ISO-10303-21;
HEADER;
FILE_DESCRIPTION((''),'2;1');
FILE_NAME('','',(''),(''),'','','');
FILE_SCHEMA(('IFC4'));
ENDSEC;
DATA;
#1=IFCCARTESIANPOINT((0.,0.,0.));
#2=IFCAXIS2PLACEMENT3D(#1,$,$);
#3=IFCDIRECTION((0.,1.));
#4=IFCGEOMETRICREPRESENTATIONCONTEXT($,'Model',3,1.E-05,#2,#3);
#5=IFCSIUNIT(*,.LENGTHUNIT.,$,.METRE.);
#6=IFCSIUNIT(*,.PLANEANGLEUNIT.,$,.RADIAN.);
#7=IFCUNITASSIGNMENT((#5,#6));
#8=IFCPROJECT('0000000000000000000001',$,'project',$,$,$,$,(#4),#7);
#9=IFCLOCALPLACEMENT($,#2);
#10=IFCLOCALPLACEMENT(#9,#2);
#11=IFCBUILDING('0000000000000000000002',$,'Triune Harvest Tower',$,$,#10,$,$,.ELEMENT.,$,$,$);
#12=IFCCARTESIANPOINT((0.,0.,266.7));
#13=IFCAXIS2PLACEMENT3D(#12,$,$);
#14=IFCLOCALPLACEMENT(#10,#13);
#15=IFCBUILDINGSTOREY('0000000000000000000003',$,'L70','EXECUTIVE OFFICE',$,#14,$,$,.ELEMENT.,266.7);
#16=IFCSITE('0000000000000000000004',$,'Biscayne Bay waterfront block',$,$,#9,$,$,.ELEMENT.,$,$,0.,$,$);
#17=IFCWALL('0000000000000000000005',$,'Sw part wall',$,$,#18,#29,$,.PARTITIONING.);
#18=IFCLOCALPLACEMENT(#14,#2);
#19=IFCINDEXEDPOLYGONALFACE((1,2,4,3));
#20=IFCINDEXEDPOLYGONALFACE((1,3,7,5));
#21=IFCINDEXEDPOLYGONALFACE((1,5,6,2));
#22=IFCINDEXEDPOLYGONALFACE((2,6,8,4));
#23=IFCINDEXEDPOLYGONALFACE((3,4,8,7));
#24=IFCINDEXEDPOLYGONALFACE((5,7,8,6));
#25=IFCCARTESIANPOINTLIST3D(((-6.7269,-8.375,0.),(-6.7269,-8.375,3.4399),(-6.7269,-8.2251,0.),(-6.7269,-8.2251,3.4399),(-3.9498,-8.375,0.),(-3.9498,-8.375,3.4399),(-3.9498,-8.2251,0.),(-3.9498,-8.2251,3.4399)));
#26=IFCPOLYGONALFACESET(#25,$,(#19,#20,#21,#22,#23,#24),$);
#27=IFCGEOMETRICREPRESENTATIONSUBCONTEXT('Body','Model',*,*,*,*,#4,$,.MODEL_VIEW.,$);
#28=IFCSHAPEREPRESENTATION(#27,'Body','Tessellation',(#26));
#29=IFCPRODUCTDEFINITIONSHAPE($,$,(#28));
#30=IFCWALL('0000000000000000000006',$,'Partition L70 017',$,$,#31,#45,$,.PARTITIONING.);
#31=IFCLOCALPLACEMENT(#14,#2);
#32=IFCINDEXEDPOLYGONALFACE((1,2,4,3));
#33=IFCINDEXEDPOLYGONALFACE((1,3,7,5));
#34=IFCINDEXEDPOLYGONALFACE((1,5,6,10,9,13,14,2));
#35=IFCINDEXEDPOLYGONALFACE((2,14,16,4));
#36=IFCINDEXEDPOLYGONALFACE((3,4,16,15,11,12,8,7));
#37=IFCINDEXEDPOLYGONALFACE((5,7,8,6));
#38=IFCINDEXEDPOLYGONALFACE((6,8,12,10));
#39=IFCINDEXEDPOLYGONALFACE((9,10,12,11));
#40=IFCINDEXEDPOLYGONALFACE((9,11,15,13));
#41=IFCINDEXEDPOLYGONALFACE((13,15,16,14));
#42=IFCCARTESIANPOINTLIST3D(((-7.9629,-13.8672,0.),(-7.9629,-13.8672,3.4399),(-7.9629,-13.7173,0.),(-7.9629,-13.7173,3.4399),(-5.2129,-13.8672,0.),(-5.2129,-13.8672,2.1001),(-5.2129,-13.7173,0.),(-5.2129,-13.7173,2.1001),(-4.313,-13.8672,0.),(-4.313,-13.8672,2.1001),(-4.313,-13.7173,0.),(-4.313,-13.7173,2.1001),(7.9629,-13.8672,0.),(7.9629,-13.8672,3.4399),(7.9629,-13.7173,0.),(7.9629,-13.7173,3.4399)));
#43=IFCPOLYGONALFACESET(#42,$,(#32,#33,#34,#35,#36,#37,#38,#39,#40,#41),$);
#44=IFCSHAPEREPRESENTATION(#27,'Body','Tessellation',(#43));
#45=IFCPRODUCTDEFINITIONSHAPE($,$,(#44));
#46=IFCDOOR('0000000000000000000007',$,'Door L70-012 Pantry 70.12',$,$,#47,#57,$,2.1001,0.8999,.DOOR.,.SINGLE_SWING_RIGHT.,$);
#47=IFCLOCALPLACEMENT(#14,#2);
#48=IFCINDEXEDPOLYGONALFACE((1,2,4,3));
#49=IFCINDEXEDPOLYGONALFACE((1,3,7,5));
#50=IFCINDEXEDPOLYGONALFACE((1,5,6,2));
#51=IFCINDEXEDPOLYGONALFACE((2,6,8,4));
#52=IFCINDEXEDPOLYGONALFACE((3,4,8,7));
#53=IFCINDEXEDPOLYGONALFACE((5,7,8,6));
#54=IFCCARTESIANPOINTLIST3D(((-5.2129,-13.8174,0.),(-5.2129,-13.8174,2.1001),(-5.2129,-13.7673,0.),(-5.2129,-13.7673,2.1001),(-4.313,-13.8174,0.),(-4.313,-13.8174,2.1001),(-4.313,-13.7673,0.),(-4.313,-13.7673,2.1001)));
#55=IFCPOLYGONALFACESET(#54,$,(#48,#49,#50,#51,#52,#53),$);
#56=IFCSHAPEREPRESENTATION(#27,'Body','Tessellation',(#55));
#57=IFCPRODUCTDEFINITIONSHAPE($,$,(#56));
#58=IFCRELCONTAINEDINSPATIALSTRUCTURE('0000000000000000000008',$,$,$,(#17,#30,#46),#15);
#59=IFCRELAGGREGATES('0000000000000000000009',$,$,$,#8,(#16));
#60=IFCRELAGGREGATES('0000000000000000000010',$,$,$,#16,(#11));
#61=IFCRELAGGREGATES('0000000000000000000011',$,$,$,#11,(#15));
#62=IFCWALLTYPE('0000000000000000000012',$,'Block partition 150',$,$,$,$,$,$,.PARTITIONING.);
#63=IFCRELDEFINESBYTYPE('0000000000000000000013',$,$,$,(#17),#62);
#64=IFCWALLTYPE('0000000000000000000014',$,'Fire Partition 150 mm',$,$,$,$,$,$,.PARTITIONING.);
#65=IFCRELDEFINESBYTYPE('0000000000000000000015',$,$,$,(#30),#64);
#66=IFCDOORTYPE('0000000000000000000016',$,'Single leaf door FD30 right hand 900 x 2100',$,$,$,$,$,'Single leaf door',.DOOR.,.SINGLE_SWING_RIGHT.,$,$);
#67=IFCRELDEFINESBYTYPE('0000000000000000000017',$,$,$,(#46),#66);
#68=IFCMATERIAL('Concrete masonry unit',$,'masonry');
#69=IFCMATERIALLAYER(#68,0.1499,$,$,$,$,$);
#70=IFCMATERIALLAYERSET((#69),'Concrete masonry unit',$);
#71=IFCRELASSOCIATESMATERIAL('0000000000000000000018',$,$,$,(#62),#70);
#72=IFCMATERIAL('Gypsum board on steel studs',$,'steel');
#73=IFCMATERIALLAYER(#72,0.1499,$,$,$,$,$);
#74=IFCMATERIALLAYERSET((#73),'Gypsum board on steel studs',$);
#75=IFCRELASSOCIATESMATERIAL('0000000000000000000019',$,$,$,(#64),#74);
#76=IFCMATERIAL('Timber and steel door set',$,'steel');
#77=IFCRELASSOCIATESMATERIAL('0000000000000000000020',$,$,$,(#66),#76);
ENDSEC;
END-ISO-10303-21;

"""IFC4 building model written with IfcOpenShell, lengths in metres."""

from ifc_helpers import new_model, si_unit, direction, frame, frame_2d, origin, place, context, subcontext, project, spatial, rectangle, extrude, source, transform, mapped, material, layer, layer_set, type_object, element, fill, save


model = new_model("IFC4")

# Units and contexts
model_context = context("Model", 3, precision=1e-05, world=origin(), true_north=direction((0.0, 1.0)))
body_context = subcontext(model_context, "Body", "Model", "MODEL_VIEW")
ifc_project = project(units=[si_unit("LENGTHUNIT", "METRE"), si_unit("PLANEANGLEUNIT", "RADIAN")], contexts=[model_context])

# Site, building, storey
site_placement = place(None, origin())
site = spatial("IfcSite", under=ifc_project, at=site_placement, Name="Biscayne Bay waterfront block", CompositionType="ELEMENT", RefElevation=0.0)
building_placement = place(site_placement, origin())
building = spatial("IfcBuilding", under=site, at=building_placement, Name="Triune Harvest Tower", CompositionType="ELEMENT")
storey_placement = place(building_placement, frame((0.0, 0.0, 266.7)))
storey = spatial("IfcBuildingStorey", under=building, at=storey_placement, Name="L70", Description="EXECUTIVE OFFICE", CompositionType="ELEMENT", Elevation=266.7)

# Wall
ifc_material_1 = material(Name="Concrete masonry unit", Category="masonry")
ifc_layer_1 = layer(ifc_material_1, 0.1499)
ifc_layer_set_1 = layer_set([ifc_layer_1], Name="Concrete masonry unit")
wall_type_1 = type_object("IfcWallType", Name="Block partition 150", PredefinedType="PARTITIONING", material=ifc_layer_set_1)
shared_shape_1 = source(origin(), body_context, "Body", "SweptSolid", [
    extrude(rectangle(XDim=2.7771, YDim=0.1499, at=frame_2d((1.3887, 0.0))), origin(), (0.0, 0.0, 1.0), 3.4399),
])
wall_1_placement = place(storey_placement, frame((-6.7271, -8.3, 0.0), z_axis=(0.0, 0.0, 1.0), x_axis=(1.0, 0.0, 0.0)))
element("IfcWall", 1, at=wall_1_placement, inside=storey, type_object=wall_type_1, Name="Sw part wall", PredefinedType="PARTITIONING", context=body_context, shape_type="MappedRepresentation", body=[
    mapped(shared_shape_1, transform((0.0, 0.0, 0.0), scale=1.0)),
])

# Wall, opening, door
ifc_material_2 = material(Name="Gypsum board on steel studs", Category="steel")
ifc_layer_2 = layer(ifc_material_2, 0.1499)
ifc_layer_set_2 = layer_set([ifc_layer_2], Name="Gypsum board on steel studs")
wall_type_2 = type_object("IfcWallType", Name="Fire Partition 150 mm", PredefinedType="PARTITIONING", material=ifc_layer_set_2)
shared_shape_2 = source(origin(), body_context, "Body", "SweptSolid", [
    extrude(rectangle(XDim=15.9258, YDim=0.1499, at=frame_2d((7.9629, 0.0))), origin(), (0.0, 0.0, 1.0), 3.4399),
])
wall_2_placement = place(storey_placement, frame((-7.9629, -13.7922, 0.0), z_axis=(0.0, 0.0, 1.0), x_axis=(1.0, 0.0, 0.0)))
wall_2 = element("IfcWall", 2, at=wall_2_placement, inside=storey, type_object=wall_type_2, Name="Partition L70 017", PredefinedType="PARTITIONING", context=body_context, shape_type="MappedRepresentation", body=[
    mapped(shared_shape_2, transform((0.0, 0.0, 0.0), scale=1.0)),
])
opening_1_placement = place(wall_2_placement, frame((2.75, 0.0, 0.0)))
opening_1 = element("IfcOpeningElement", 3, at=opening_1_placement, cuts=wall_2, PredefinedType="OPENING", context=body_context, shape_type="SweptSolid", body=[
    extrude(rectangle(XDim=0.8999, YDim=2.1001, at=frame_2d((0.45, 1.05))), frame((0.0, 0.085, 0.0), z_axis=(0.0, -1.0, 0.0), x_axis=(1.0, 0.0, 0.0)), (0.0, 0.0, 1.0), 0.1699),
])
ifc_material_3 = material(Name="Timber and steel door set", Category="steel")
door_type_1 = type_object("IfcDoorType", Name="Single leaf door FD30 right hand 900 x 2100", ElementType="Single leaf door", OperationType="SINGLE_SWING_RIGHT", PredefinedType="DOOR", material=ifc_material_3)
door_1_placement = place(opening_1_placement, origin())
door_1 = element("IfcDoor", 4, at=door_1_placement, inside=storey, type_object=door_type_1, Name="Door L70-012 Pantry 70.12", OperationType="SINGLE_SWING_RIGHT", OverallHeight=2.1001, OverallWidth=0.8999, PredefinedType="DOOR", context=body_context, shape_type="SweptSolid", body=[
    extrude(rectangle(XDim=0.8999, YDim=2.1001, at=frame_2d((0.45, 1.05))), frame((0.0, 0.0249, 0.0), z_axis=(0.0, -1.0, 0.0), x_axis=(1.0, 0.0, 0.0)), (0.0, 0.0, 1.0), 0.05),
])
fill(opening_1, door_1)

save(model, "model.ifc")
